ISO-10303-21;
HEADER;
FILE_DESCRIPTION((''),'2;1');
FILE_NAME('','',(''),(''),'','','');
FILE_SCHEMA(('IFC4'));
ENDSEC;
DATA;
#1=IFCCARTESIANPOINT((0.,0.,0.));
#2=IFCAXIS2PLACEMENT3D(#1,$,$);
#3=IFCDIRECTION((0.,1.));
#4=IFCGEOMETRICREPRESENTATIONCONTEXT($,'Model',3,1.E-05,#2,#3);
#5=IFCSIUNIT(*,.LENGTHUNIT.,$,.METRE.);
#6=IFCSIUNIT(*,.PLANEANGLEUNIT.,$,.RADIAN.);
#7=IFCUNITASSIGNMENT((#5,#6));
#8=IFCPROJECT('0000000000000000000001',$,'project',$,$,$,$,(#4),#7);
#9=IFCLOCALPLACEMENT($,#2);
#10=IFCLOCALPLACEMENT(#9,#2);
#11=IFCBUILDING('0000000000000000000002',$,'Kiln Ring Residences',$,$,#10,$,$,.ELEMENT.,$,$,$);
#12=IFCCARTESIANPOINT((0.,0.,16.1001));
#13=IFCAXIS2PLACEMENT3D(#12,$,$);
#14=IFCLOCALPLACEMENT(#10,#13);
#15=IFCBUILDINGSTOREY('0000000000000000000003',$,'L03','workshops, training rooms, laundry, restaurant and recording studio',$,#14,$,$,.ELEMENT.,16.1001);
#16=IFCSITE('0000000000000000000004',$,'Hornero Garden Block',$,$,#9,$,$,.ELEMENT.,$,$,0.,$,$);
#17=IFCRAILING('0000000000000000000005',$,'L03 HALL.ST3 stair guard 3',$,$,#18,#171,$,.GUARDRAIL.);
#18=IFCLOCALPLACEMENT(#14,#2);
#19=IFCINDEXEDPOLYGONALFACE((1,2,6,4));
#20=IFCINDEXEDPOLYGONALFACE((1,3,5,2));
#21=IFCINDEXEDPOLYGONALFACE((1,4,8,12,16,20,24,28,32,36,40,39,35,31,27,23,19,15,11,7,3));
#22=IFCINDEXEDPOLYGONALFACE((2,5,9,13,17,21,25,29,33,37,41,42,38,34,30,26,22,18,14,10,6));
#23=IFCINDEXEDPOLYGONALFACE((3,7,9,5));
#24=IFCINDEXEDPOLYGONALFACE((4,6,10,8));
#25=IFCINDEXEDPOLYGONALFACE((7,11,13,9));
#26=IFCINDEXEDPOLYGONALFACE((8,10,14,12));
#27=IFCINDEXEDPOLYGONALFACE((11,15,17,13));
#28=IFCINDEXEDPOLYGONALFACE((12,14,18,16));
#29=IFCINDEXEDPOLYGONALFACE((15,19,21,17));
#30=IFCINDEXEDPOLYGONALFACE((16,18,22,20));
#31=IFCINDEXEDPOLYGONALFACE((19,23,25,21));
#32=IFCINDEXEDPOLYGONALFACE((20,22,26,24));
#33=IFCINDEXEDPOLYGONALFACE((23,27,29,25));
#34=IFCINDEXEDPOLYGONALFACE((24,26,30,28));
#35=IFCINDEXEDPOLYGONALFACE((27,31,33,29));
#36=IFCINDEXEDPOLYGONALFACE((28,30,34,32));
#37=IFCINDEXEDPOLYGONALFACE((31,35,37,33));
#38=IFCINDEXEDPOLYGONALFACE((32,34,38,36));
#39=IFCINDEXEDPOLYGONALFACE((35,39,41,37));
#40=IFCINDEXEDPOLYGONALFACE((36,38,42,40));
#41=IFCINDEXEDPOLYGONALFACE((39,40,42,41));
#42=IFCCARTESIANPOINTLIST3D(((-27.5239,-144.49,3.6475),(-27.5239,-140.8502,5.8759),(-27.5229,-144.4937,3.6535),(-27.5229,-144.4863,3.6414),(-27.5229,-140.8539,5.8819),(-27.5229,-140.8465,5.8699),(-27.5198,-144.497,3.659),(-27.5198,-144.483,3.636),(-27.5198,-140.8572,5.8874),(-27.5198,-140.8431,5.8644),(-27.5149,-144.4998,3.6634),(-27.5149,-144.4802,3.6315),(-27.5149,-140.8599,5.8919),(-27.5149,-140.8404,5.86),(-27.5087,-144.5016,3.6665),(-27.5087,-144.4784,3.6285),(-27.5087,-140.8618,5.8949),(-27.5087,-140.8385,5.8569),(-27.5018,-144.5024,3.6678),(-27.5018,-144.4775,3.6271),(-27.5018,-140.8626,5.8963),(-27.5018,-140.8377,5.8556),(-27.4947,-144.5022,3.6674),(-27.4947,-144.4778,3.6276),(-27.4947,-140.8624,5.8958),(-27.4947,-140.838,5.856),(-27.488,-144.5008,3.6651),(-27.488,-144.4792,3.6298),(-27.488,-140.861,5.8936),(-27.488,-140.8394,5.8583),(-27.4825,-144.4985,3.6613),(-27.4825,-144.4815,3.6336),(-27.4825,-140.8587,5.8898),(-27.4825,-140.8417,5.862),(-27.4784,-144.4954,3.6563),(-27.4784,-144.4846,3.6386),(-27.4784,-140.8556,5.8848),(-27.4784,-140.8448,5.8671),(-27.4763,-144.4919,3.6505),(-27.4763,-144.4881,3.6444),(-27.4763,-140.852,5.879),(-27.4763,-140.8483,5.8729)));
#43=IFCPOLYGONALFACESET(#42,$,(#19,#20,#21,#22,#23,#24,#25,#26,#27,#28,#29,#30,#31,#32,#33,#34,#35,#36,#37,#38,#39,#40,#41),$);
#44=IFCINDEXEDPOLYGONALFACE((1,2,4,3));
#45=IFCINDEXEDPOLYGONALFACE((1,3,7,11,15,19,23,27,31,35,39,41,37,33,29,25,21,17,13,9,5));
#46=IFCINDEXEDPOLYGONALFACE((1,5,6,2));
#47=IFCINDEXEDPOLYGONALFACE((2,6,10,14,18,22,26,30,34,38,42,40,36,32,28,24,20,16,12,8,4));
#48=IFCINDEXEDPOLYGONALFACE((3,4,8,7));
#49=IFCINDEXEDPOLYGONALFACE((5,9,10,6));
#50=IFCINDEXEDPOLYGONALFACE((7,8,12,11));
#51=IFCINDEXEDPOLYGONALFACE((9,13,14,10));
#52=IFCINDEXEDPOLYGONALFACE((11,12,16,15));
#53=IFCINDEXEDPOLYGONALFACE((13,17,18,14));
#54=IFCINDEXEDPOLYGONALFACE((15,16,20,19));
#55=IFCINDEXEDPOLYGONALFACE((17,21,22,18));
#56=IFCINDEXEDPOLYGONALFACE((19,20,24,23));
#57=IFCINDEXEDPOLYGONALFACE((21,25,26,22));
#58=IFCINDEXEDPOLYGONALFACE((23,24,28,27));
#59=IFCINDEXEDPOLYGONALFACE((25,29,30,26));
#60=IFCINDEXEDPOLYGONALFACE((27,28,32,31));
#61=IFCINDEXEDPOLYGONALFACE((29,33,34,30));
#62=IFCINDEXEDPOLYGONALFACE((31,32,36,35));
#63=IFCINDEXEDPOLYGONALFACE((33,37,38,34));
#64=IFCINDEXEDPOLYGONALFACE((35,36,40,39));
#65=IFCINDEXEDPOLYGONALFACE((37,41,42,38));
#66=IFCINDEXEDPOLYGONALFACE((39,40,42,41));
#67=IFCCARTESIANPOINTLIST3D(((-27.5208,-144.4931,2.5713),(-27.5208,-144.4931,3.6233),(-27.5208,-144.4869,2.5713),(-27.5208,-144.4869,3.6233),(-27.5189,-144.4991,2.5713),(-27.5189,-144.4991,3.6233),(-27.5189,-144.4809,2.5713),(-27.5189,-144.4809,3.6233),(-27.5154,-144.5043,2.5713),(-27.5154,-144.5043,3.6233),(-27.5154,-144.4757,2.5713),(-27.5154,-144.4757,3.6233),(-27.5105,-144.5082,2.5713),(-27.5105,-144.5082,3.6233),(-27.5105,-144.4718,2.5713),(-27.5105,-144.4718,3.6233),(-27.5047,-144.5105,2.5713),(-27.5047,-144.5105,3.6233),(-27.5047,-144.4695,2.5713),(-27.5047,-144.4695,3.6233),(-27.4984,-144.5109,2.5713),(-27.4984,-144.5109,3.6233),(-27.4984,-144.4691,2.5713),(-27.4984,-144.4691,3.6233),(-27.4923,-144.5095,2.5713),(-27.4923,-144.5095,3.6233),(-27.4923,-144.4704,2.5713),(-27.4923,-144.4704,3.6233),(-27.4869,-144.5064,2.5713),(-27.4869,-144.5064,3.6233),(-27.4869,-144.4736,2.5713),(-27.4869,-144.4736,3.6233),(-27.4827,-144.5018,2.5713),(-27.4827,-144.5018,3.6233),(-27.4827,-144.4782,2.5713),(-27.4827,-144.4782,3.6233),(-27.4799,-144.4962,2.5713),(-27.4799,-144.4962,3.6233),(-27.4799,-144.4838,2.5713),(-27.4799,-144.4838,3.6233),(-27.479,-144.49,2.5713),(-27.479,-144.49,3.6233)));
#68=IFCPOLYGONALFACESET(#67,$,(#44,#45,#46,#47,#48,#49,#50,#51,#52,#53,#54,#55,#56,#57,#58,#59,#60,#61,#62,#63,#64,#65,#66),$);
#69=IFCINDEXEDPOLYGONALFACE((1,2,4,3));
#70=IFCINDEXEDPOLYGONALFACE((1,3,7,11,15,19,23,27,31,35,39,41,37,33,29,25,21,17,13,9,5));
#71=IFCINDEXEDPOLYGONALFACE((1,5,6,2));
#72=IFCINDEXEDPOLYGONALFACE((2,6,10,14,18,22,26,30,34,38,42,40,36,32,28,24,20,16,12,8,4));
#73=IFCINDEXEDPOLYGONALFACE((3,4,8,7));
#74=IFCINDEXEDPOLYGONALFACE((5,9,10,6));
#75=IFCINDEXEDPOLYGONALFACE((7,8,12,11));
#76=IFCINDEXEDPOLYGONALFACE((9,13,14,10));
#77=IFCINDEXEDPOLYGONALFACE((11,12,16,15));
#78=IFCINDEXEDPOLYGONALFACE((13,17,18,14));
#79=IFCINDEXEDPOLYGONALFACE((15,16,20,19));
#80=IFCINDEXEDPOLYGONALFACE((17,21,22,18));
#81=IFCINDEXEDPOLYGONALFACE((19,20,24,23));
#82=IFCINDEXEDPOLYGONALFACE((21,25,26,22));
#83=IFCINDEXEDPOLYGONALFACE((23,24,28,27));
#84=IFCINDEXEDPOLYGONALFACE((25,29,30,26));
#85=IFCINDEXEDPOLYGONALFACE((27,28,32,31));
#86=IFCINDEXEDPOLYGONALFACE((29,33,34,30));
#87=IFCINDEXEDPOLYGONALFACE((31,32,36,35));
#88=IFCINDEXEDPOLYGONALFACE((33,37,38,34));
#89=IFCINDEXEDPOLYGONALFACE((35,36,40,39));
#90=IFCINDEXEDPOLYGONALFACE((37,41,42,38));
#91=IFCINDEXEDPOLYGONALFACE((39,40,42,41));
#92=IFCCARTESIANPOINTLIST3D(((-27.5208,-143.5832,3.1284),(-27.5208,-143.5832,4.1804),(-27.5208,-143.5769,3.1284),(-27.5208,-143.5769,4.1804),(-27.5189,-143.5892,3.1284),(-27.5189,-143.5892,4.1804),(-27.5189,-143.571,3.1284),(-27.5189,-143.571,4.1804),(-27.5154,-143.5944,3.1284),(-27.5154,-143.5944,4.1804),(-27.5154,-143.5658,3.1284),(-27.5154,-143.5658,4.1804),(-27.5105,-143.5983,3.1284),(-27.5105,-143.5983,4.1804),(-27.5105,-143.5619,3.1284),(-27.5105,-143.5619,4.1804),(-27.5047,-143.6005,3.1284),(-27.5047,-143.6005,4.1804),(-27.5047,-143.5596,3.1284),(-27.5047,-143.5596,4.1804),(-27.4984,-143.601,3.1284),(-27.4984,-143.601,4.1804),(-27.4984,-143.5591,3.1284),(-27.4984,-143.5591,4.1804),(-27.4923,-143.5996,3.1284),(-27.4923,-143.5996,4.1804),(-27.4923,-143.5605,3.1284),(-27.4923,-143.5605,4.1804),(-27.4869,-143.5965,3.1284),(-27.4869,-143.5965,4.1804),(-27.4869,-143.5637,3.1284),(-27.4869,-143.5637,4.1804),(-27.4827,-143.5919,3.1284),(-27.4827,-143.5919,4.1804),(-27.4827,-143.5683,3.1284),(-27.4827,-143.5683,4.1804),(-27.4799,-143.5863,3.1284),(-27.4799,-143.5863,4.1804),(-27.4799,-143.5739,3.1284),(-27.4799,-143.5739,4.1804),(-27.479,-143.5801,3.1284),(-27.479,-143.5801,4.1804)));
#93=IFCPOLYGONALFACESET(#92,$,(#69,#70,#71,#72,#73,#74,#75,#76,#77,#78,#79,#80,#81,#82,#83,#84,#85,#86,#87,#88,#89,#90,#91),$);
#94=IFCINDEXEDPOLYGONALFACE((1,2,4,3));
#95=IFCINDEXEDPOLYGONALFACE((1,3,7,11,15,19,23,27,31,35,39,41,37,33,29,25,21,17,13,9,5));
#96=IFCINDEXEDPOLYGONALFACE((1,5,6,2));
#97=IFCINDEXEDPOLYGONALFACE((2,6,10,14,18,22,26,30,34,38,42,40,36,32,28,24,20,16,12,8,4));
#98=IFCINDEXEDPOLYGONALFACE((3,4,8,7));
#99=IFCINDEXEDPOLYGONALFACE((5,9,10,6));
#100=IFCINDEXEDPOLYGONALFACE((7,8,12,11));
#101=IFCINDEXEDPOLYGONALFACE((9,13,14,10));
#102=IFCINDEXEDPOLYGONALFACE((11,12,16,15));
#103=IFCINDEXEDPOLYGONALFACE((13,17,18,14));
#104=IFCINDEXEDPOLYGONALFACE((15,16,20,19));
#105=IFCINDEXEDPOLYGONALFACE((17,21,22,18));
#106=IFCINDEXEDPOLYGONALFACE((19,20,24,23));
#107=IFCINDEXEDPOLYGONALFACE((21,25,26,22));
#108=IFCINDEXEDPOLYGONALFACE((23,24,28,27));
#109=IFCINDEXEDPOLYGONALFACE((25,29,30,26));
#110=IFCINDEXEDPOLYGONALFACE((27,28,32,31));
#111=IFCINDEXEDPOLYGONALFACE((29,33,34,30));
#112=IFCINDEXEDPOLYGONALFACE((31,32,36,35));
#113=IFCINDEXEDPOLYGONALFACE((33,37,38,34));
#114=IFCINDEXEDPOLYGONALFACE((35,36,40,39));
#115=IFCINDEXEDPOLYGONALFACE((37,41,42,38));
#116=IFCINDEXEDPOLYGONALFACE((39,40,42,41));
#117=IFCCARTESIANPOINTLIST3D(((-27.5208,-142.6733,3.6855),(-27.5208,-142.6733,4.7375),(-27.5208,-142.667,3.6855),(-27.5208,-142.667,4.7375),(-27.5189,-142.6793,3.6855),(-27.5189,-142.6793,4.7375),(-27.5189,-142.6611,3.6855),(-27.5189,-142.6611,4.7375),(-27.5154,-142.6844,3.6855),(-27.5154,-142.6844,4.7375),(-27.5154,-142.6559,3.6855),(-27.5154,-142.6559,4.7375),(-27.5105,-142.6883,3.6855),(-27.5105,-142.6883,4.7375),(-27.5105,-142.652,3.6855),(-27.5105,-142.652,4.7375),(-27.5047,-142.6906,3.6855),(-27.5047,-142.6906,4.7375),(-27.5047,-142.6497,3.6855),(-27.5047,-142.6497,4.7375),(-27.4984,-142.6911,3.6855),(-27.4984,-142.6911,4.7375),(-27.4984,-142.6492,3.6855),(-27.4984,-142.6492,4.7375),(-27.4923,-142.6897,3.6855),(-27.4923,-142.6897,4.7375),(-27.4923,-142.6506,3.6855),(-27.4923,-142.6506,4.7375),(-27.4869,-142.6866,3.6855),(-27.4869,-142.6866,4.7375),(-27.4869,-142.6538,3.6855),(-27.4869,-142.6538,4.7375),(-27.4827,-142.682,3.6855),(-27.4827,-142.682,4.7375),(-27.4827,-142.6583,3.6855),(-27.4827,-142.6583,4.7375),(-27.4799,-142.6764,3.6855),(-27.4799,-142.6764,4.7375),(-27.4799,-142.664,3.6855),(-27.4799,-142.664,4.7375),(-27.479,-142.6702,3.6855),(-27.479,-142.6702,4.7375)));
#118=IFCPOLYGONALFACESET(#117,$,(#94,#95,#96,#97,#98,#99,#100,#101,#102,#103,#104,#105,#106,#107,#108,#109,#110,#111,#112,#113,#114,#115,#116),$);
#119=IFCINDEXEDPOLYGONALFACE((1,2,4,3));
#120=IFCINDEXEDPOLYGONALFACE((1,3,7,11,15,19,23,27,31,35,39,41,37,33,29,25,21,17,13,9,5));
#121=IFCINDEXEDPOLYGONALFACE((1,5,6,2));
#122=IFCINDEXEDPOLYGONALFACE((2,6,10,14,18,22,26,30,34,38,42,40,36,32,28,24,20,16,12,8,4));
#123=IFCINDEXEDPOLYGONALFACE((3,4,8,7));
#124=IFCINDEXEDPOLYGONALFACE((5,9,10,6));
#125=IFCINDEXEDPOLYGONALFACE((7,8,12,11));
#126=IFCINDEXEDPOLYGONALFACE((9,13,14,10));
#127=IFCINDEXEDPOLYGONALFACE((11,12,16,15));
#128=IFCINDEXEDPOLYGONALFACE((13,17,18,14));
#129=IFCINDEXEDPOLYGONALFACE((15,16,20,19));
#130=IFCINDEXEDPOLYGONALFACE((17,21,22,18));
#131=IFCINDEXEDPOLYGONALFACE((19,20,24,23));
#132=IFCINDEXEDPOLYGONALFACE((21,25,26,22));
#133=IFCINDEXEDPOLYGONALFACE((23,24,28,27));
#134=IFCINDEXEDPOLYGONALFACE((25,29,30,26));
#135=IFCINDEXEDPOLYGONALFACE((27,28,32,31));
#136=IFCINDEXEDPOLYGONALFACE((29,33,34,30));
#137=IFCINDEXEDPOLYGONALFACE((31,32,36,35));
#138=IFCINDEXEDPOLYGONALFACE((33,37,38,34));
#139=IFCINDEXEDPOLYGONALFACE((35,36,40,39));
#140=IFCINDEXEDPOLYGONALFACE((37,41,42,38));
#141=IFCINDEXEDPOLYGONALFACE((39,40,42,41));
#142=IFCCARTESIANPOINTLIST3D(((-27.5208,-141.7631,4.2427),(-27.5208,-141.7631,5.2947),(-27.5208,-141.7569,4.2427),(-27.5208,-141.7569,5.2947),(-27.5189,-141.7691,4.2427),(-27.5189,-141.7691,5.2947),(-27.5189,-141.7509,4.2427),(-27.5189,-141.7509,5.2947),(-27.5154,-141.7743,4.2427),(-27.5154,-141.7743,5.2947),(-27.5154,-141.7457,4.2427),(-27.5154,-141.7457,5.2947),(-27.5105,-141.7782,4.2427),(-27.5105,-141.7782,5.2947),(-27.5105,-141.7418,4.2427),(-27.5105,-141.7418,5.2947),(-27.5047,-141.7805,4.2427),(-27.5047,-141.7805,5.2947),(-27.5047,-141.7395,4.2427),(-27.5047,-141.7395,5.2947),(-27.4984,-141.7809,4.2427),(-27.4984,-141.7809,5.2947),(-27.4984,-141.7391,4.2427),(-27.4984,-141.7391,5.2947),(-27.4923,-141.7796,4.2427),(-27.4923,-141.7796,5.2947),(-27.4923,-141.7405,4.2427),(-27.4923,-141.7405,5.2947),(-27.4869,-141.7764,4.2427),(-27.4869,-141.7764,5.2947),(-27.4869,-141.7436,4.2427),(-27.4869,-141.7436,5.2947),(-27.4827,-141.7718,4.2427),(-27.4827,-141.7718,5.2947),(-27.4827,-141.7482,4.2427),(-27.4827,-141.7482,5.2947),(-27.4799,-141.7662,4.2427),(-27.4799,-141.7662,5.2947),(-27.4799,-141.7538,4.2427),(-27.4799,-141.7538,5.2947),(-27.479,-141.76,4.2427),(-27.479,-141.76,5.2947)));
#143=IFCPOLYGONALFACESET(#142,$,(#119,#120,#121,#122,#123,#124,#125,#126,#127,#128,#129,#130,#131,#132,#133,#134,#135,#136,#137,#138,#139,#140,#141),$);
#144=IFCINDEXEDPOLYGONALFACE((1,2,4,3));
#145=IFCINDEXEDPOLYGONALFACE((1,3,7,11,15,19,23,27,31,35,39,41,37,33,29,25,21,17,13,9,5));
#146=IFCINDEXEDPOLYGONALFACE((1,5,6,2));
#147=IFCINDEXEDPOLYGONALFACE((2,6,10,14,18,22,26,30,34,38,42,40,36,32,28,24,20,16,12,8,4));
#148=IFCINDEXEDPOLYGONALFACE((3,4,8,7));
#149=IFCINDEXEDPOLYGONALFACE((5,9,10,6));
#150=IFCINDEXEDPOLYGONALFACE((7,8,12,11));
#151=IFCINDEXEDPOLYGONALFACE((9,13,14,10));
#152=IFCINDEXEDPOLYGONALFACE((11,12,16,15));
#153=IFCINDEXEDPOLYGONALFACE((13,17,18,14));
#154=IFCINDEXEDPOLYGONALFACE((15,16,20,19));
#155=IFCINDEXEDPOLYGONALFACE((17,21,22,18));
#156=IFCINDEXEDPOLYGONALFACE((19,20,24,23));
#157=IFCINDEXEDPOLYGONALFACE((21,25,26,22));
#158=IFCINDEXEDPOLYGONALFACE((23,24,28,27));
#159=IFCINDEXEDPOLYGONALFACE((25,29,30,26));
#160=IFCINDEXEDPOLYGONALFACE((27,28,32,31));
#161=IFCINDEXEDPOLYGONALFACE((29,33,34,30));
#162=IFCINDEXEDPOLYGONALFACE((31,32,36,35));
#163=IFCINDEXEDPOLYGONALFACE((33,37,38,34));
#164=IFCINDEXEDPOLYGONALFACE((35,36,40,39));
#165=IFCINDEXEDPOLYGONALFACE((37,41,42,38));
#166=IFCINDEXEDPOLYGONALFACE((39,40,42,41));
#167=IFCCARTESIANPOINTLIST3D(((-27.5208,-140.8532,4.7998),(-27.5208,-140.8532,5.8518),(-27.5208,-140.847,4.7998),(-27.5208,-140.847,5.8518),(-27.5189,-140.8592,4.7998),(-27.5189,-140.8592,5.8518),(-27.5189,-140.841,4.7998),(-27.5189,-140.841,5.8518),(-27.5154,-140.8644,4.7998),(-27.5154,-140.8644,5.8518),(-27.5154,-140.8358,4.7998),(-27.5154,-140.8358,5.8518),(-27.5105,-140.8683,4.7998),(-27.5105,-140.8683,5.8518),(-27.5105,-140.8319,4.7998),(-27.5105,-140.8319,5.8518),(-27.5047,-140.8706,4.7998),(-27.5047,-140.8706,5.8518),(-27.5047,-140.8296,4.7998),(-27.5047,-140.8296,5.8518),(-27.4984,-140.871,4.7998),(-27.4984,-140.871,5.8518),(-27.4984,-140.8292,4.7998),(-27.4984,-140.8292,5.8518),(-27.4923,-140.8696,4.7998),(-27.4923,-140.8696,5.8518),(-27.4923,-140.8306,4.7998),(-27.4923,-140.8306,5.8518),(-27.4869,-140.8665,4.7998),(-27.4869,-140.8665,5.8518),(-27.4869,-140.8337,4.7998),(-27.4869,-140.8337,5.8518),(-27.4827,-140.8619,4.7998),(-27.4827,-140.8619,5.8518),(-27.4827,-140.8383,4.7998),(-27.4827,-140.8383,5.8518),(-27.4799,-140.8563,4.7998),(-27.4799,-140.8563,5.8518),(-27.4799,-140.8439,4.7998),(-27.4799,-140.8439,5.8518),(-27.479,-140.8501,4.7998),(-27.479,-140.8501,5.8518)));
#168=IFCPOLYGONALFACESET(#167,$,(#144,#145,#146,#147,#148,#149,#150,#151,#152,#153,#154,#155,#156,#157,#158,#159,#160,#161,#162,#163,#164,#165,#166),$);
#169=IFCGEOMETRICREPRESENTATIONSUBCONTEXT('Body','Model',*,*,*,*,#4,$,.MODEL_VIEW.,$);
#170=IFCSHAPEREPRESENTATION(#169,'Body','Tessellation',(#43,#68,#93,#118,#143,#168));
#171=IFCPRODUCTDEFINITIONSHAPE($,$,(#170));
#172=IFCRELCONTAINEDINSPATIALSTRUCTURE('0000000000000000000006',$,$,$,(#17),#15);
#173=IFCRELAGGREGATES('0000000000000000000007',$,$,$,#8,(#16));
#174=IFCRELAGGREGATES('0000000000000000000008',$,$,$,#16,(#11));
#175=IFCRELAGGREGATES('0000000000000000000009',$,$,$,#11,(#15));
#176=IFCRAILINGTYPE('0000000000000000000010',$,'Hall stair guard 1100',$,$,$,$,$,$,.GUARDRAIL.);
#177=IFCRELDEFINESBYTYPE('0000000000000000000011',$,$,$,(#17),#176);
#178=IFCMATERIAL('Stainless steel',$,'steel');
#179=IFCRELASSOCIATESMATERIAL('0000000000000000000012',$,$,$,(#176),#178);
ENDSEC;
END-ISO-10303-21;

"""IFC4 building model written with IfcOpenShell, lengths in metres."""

from ifc_helpers import new_model, si_unit, direction, frame, origin, origin_2d, place, context, subcontext, project, spatial, circle, extrude, material, type_object, element, save


model = new_model("IFC4")

# Units and contexts
model_context = context("Model", 3, precision=1e-05, world=origin(), true_north=direction((0.0, 1.0)))
body_context = subcontext(model_context, "Body", "Model", "MODEL_VIEW")
ifc_project = project(units=[si_unit("LENGTHUNIT", "METRE"), si_unit("PLANEANGLEUNIT", "RADIAN")], contexts=[model_context])

# Site, building, storey
site_placement = place(None, origin())
site = spatial("IfcSite", under=ifc_project, at=site_placement, Name="Hornero Garden Block", CompositionType="ELEMENT", RefElevation=0.0)
building_placement = place(site_placement, origin())
building = spatial("IfcBuilding", under=site, at=building_placement, Name="Kiln Ring Residences", CompositionType="ELEMENT")
storey_placement = place(building_placement, frame((0.0, 0.0, 16.1001)))
storey = spatial("IfcBuildingStorey", under=building, at=storey_placement, Name="L03", Description="workshops, training rooms, laundry, restaurant and recording studio", CompositionType="ELEMENT", Elevation=16.1001)

# Railing
ifc_material_1 = material(Name="Stainless steel", Category="steel")
railing_type_1 = type_object("IfcRailingType", Name="Hall stair guard 1100", PredefinedType="GUARDRAIL", material=ifc_material_1)
railing_1_placement = place(storey_placement, frame((-27.5, -144.49, 2.5713)))
element("IfcRailing", 1, at=railing_1_placement, inside=storey, type_object=railing_type_1, Name="L03 HALL.ST3 stair guard 3", PredefinedType="GUARDRAIL", context=body_context, shape_type="SweptSolid", body=[
    extrude(circle(Radius=0.0239, at=origin_2d()), frame((0.0, 0.0, 1.0762), z_axis=(0.0, 0.85285, 0.522156), x_axis=(-1.0, 0.0, 0.0)), (0.0, 0.0, 1.0), 4.2678),
    extrude(circle(Radius=0.021, at=origin_2d()), origin(), (0.0, 0.0, 1.0), 1.052),
    extrude(circle(Radius=0.021, at=origin_2d()), frame((0.0, 0.9099, 0.5571)), (0.0, 0.0, 1.0), 1.052),
    extrude(circle(Radius=0.021, at=origin_2d()), frame((0.0, 1.8198, 1.1143)), (0.0, 0.0, 1.0), 1.052),
    extrude(circle(Radius=0.021, at=origin_2d()), frame((0.0, 2.73, 1.6714)), (0.0, 0.0, 1.0), 1.052),
    extrude(circle(Radius=0.021, at=origin_2d()), frame((0.0, 3.6399, 2.2285)), (0.0, 0.0, 1.0), 1.052),
])

save(model, "model.ifc")
